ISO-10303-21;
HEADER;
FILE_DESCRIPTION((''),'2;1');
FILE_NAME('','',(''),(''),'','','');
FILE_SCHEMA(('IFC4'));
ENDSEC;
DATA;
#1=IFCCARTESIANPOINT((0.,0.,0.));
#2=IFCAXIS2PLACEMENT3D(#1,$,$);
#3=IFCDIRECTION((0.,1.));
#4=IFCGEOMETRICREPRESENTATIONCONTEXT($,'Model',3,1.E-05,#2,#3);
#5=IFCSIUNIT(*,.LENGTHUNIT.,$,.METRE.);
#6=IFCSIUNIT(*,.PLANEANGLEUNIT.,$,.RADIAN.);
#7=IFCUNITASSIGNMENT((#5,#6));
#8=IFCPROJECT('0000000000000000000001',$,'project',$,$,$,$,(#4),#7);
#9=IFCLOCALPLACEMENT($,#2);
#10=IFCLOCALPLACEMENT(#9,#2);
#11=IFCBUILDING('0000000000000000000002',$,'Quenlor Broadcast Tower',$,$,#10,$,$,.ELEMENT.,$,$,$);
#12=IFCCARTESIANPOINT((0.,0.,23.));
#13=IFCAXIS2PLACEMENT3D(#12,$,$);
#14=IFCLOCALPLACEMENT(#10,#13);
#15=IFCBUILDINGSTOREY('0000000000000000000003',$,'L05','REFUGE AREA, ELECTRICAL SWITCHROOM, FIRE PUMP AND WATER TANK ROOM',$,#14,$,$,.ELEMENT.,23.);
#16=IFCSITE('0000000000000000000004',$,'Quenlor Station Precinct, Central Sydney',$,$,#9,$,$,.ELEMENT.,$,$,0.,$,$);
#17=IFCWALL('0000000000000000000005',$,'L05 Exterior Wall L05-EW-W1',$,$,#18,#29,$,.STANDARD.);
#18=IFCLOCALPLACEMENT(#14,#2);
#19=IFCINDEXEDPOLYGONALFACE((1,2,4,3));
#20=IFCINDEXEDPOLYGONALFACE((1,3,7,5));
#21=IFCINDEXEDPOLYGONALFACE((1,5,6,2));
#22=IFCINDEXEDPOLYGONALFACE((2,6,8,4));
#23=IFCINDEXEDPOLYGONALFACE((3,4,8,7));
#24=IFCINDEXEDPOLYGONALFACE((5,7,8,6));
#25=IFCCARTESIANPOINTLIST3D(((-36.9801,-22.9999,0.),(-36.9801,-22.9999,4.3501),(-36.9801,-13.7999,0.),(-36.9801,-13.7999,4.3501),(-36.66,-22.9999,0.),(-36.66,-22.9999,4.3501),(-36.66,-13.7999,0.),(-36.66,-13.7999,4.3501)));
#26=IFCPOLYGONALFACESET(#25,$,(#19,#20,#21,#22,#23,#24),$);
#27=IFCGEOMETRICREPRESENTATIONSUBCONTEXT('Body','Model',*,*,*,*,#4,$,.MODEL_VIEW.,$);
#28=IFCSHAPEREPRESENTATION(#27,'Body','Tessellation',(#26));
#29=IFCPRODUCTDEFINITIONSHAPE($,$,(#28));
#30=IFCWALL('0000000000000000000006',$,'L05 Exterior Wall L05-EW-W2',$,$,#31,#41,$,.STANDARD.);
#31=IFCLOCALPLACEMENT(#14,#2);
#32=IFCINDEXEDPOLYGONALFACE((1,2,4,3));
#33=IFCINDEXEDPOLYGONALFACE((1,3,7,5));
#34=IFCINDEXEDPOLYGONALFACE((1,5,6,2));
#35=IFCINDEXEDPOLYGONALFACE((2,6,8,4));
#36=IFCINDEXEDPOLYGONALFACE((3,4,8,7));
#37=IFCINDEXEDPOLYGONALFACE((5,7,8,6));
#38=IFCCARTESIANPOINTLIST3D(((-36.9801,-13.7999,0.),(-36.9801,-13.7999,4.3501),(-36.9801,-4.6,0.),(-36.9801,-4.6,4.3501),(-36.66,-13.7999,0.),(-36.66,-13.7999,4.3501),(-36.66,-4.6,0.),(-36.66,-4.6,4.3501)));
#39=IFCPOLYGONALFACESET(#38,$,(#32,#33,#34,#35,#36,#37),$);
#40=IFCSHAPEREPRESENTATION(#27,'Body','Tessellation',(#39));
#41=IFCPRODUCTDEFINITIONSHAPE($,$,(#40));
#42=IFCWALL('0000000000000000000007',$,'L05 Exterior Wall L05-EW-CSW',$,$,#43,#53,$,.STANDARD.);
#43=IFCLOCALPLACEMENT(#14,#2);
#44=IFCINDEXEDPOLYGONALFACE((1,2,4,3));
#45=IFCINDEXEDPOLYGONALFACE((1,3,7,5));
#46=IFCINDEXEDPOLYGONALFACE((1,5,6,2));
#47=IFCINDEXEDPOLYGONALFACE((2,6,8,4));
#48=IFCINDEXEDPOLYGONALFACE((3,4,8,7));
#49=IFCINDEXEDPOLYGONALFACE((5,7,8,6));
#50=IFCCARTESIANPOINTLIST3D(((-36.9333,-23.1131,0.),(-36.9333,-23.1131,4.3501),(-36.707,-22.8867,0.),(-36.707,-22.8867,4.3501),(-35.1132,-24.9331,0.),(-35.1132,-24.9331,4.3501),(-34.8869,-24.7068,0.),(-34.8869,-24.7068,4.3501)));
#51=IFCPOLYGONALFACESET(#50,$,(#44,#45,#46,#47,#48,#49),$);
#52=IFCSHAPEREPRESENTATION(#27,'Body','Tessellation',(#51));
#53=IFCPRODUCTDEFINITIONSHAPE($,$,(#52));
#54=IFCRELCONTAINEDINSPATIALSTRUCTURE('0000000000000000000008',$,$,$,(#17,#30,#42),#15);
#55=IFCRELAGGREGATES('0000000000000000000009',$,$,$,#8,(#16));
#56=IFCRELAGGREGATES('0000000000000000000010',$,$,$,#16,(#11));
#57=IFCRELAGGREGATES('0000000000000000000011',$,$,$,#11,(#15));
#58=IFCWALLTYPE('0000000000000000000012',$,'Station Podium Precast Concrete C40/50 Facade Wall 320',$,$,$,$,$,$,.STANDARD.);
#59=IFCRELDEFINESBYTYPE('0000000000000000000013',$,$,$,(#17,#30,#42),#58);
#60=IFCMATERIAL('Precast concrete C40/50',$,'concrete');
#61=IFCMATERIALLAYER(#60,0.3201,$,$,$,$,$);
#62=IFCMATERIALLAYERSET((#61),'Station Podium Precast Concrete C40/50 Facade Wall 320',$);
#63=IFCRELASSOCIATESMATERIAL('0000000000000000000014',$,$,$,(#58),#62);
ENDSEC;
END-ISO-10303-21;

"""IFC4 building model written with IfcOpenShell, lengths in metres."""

from ifc_helpers import new_model, si_unit, direction, frame, frame_2d, origin, place, context, subcontext, project, spatial, rectangle, extrude, material, layer, layer_set, type_object, element, save


model = new_model("IFC4")

# Units and contexts
model_context = context("Model", 3, precision=1e-05, world=origin(), true_north=direction((0.0, 1.0)))
body_context = subcontext(model_context, "Body", "Model", "MODEL_VIEW")
ifc_project = project(units=[si_unit("LENGTHUNIT", "METRE"), si_unit("PLANEANGLEUNIT", "RADIAN")], contexts=[model_context])

# Site, building, storey
site_placement = place(None, origin())
site = spatial("IfcSite", under=ifc_project, at=site_placement, Name="Quenlor Station Precinct, Central Sydney", CompositionType="ELEMENT", RefElevation=0.0)
building_placement = place(site_placement, origin())
building = spatial("IfcBuilding", under=site, at=building_placement, Name="Quenlor Broadcast Tower", CompositionType="ELEMENT")
storey_placement = place(building_placement, frame((0.0, 0.0, 23.0)))
storey = spatial("IfcBuildingStorey", under=building, at=storey_placement, Name="L05", Description="REFUGE AREA, ELECTRICAL SWITCHROOM, FIRE PUMP AND WATER TANK ROOM", CompositionType="ELEMENT", Elevation=23.0)

# Walls
ifc_material_1 = material(Name="Precast concrete C40/50", Category="concrete")
ifc_layer_1 = layer(ifc_material_1, 0.3201)
ifc_layer_set_1 = layer_set([ifc_layer_1], Name="Station Podium Precast Concrete C40/50 Facade Wall 320")
wall_type = type_object("IfcWallType", Name="Station Podium Precast Concrete C40/50 Facade Wall 320", PredefinedType="STANDARD", material=ifc_layer_set_1)
for number, where, z_axis, x_axis, name in (
    (1, (-36.8201, -23.0, 0.0), (0.0, 0.0, 1.0), (0.0, 1.0, 0.0), "L05 Exterior Wall L05-EW-W1"),
    (2, (-36.8201, -13.8, 0.0), (0.0, 0.0, 1.0), (0.0, 1.0, 0.0), "L05 Exterior Wall L05-EW-W2"),
):
    element("IfcWall", number, at=place(storey_placement, frame(where, z_axis=z_axis, x_axis=x_axis)), inside=storey, type_object=wall_type, Name=name, PredefinedType="STANDARD", context=body_context, shape_type="SweptSolid", body=[
        extrude(rectangle(XDim=9.2, YDim=0.3201, at=frame_2d((4.6001, 0.0))), origin(), (0.0, 0.0, 1.0), 4.3501),
    ])
wall_placement = place(storey_placement, frame((-35.0, -24.8201, 0.0), z_axis=(0.0, 0.0, 1.0), x_axis=(-0.707107, 0.707107, 0.0)))
element("IfcWall", 3, at=wall_placement, inside=storey, type_object=wall_type, Name="L05 Exterior Wall L05-EW-CSW", PredefinedType="STANDARD", context=body_context, shape_type="SweptSolid", body=[
    extrude(rectangle(XDim=2.574, YDim=0.3201, at=frame_2d((1.2871, 0.0))), origin(), (0.0, 0.0, 1.0), 4.3501),
])

save(model, "model.ifc")
